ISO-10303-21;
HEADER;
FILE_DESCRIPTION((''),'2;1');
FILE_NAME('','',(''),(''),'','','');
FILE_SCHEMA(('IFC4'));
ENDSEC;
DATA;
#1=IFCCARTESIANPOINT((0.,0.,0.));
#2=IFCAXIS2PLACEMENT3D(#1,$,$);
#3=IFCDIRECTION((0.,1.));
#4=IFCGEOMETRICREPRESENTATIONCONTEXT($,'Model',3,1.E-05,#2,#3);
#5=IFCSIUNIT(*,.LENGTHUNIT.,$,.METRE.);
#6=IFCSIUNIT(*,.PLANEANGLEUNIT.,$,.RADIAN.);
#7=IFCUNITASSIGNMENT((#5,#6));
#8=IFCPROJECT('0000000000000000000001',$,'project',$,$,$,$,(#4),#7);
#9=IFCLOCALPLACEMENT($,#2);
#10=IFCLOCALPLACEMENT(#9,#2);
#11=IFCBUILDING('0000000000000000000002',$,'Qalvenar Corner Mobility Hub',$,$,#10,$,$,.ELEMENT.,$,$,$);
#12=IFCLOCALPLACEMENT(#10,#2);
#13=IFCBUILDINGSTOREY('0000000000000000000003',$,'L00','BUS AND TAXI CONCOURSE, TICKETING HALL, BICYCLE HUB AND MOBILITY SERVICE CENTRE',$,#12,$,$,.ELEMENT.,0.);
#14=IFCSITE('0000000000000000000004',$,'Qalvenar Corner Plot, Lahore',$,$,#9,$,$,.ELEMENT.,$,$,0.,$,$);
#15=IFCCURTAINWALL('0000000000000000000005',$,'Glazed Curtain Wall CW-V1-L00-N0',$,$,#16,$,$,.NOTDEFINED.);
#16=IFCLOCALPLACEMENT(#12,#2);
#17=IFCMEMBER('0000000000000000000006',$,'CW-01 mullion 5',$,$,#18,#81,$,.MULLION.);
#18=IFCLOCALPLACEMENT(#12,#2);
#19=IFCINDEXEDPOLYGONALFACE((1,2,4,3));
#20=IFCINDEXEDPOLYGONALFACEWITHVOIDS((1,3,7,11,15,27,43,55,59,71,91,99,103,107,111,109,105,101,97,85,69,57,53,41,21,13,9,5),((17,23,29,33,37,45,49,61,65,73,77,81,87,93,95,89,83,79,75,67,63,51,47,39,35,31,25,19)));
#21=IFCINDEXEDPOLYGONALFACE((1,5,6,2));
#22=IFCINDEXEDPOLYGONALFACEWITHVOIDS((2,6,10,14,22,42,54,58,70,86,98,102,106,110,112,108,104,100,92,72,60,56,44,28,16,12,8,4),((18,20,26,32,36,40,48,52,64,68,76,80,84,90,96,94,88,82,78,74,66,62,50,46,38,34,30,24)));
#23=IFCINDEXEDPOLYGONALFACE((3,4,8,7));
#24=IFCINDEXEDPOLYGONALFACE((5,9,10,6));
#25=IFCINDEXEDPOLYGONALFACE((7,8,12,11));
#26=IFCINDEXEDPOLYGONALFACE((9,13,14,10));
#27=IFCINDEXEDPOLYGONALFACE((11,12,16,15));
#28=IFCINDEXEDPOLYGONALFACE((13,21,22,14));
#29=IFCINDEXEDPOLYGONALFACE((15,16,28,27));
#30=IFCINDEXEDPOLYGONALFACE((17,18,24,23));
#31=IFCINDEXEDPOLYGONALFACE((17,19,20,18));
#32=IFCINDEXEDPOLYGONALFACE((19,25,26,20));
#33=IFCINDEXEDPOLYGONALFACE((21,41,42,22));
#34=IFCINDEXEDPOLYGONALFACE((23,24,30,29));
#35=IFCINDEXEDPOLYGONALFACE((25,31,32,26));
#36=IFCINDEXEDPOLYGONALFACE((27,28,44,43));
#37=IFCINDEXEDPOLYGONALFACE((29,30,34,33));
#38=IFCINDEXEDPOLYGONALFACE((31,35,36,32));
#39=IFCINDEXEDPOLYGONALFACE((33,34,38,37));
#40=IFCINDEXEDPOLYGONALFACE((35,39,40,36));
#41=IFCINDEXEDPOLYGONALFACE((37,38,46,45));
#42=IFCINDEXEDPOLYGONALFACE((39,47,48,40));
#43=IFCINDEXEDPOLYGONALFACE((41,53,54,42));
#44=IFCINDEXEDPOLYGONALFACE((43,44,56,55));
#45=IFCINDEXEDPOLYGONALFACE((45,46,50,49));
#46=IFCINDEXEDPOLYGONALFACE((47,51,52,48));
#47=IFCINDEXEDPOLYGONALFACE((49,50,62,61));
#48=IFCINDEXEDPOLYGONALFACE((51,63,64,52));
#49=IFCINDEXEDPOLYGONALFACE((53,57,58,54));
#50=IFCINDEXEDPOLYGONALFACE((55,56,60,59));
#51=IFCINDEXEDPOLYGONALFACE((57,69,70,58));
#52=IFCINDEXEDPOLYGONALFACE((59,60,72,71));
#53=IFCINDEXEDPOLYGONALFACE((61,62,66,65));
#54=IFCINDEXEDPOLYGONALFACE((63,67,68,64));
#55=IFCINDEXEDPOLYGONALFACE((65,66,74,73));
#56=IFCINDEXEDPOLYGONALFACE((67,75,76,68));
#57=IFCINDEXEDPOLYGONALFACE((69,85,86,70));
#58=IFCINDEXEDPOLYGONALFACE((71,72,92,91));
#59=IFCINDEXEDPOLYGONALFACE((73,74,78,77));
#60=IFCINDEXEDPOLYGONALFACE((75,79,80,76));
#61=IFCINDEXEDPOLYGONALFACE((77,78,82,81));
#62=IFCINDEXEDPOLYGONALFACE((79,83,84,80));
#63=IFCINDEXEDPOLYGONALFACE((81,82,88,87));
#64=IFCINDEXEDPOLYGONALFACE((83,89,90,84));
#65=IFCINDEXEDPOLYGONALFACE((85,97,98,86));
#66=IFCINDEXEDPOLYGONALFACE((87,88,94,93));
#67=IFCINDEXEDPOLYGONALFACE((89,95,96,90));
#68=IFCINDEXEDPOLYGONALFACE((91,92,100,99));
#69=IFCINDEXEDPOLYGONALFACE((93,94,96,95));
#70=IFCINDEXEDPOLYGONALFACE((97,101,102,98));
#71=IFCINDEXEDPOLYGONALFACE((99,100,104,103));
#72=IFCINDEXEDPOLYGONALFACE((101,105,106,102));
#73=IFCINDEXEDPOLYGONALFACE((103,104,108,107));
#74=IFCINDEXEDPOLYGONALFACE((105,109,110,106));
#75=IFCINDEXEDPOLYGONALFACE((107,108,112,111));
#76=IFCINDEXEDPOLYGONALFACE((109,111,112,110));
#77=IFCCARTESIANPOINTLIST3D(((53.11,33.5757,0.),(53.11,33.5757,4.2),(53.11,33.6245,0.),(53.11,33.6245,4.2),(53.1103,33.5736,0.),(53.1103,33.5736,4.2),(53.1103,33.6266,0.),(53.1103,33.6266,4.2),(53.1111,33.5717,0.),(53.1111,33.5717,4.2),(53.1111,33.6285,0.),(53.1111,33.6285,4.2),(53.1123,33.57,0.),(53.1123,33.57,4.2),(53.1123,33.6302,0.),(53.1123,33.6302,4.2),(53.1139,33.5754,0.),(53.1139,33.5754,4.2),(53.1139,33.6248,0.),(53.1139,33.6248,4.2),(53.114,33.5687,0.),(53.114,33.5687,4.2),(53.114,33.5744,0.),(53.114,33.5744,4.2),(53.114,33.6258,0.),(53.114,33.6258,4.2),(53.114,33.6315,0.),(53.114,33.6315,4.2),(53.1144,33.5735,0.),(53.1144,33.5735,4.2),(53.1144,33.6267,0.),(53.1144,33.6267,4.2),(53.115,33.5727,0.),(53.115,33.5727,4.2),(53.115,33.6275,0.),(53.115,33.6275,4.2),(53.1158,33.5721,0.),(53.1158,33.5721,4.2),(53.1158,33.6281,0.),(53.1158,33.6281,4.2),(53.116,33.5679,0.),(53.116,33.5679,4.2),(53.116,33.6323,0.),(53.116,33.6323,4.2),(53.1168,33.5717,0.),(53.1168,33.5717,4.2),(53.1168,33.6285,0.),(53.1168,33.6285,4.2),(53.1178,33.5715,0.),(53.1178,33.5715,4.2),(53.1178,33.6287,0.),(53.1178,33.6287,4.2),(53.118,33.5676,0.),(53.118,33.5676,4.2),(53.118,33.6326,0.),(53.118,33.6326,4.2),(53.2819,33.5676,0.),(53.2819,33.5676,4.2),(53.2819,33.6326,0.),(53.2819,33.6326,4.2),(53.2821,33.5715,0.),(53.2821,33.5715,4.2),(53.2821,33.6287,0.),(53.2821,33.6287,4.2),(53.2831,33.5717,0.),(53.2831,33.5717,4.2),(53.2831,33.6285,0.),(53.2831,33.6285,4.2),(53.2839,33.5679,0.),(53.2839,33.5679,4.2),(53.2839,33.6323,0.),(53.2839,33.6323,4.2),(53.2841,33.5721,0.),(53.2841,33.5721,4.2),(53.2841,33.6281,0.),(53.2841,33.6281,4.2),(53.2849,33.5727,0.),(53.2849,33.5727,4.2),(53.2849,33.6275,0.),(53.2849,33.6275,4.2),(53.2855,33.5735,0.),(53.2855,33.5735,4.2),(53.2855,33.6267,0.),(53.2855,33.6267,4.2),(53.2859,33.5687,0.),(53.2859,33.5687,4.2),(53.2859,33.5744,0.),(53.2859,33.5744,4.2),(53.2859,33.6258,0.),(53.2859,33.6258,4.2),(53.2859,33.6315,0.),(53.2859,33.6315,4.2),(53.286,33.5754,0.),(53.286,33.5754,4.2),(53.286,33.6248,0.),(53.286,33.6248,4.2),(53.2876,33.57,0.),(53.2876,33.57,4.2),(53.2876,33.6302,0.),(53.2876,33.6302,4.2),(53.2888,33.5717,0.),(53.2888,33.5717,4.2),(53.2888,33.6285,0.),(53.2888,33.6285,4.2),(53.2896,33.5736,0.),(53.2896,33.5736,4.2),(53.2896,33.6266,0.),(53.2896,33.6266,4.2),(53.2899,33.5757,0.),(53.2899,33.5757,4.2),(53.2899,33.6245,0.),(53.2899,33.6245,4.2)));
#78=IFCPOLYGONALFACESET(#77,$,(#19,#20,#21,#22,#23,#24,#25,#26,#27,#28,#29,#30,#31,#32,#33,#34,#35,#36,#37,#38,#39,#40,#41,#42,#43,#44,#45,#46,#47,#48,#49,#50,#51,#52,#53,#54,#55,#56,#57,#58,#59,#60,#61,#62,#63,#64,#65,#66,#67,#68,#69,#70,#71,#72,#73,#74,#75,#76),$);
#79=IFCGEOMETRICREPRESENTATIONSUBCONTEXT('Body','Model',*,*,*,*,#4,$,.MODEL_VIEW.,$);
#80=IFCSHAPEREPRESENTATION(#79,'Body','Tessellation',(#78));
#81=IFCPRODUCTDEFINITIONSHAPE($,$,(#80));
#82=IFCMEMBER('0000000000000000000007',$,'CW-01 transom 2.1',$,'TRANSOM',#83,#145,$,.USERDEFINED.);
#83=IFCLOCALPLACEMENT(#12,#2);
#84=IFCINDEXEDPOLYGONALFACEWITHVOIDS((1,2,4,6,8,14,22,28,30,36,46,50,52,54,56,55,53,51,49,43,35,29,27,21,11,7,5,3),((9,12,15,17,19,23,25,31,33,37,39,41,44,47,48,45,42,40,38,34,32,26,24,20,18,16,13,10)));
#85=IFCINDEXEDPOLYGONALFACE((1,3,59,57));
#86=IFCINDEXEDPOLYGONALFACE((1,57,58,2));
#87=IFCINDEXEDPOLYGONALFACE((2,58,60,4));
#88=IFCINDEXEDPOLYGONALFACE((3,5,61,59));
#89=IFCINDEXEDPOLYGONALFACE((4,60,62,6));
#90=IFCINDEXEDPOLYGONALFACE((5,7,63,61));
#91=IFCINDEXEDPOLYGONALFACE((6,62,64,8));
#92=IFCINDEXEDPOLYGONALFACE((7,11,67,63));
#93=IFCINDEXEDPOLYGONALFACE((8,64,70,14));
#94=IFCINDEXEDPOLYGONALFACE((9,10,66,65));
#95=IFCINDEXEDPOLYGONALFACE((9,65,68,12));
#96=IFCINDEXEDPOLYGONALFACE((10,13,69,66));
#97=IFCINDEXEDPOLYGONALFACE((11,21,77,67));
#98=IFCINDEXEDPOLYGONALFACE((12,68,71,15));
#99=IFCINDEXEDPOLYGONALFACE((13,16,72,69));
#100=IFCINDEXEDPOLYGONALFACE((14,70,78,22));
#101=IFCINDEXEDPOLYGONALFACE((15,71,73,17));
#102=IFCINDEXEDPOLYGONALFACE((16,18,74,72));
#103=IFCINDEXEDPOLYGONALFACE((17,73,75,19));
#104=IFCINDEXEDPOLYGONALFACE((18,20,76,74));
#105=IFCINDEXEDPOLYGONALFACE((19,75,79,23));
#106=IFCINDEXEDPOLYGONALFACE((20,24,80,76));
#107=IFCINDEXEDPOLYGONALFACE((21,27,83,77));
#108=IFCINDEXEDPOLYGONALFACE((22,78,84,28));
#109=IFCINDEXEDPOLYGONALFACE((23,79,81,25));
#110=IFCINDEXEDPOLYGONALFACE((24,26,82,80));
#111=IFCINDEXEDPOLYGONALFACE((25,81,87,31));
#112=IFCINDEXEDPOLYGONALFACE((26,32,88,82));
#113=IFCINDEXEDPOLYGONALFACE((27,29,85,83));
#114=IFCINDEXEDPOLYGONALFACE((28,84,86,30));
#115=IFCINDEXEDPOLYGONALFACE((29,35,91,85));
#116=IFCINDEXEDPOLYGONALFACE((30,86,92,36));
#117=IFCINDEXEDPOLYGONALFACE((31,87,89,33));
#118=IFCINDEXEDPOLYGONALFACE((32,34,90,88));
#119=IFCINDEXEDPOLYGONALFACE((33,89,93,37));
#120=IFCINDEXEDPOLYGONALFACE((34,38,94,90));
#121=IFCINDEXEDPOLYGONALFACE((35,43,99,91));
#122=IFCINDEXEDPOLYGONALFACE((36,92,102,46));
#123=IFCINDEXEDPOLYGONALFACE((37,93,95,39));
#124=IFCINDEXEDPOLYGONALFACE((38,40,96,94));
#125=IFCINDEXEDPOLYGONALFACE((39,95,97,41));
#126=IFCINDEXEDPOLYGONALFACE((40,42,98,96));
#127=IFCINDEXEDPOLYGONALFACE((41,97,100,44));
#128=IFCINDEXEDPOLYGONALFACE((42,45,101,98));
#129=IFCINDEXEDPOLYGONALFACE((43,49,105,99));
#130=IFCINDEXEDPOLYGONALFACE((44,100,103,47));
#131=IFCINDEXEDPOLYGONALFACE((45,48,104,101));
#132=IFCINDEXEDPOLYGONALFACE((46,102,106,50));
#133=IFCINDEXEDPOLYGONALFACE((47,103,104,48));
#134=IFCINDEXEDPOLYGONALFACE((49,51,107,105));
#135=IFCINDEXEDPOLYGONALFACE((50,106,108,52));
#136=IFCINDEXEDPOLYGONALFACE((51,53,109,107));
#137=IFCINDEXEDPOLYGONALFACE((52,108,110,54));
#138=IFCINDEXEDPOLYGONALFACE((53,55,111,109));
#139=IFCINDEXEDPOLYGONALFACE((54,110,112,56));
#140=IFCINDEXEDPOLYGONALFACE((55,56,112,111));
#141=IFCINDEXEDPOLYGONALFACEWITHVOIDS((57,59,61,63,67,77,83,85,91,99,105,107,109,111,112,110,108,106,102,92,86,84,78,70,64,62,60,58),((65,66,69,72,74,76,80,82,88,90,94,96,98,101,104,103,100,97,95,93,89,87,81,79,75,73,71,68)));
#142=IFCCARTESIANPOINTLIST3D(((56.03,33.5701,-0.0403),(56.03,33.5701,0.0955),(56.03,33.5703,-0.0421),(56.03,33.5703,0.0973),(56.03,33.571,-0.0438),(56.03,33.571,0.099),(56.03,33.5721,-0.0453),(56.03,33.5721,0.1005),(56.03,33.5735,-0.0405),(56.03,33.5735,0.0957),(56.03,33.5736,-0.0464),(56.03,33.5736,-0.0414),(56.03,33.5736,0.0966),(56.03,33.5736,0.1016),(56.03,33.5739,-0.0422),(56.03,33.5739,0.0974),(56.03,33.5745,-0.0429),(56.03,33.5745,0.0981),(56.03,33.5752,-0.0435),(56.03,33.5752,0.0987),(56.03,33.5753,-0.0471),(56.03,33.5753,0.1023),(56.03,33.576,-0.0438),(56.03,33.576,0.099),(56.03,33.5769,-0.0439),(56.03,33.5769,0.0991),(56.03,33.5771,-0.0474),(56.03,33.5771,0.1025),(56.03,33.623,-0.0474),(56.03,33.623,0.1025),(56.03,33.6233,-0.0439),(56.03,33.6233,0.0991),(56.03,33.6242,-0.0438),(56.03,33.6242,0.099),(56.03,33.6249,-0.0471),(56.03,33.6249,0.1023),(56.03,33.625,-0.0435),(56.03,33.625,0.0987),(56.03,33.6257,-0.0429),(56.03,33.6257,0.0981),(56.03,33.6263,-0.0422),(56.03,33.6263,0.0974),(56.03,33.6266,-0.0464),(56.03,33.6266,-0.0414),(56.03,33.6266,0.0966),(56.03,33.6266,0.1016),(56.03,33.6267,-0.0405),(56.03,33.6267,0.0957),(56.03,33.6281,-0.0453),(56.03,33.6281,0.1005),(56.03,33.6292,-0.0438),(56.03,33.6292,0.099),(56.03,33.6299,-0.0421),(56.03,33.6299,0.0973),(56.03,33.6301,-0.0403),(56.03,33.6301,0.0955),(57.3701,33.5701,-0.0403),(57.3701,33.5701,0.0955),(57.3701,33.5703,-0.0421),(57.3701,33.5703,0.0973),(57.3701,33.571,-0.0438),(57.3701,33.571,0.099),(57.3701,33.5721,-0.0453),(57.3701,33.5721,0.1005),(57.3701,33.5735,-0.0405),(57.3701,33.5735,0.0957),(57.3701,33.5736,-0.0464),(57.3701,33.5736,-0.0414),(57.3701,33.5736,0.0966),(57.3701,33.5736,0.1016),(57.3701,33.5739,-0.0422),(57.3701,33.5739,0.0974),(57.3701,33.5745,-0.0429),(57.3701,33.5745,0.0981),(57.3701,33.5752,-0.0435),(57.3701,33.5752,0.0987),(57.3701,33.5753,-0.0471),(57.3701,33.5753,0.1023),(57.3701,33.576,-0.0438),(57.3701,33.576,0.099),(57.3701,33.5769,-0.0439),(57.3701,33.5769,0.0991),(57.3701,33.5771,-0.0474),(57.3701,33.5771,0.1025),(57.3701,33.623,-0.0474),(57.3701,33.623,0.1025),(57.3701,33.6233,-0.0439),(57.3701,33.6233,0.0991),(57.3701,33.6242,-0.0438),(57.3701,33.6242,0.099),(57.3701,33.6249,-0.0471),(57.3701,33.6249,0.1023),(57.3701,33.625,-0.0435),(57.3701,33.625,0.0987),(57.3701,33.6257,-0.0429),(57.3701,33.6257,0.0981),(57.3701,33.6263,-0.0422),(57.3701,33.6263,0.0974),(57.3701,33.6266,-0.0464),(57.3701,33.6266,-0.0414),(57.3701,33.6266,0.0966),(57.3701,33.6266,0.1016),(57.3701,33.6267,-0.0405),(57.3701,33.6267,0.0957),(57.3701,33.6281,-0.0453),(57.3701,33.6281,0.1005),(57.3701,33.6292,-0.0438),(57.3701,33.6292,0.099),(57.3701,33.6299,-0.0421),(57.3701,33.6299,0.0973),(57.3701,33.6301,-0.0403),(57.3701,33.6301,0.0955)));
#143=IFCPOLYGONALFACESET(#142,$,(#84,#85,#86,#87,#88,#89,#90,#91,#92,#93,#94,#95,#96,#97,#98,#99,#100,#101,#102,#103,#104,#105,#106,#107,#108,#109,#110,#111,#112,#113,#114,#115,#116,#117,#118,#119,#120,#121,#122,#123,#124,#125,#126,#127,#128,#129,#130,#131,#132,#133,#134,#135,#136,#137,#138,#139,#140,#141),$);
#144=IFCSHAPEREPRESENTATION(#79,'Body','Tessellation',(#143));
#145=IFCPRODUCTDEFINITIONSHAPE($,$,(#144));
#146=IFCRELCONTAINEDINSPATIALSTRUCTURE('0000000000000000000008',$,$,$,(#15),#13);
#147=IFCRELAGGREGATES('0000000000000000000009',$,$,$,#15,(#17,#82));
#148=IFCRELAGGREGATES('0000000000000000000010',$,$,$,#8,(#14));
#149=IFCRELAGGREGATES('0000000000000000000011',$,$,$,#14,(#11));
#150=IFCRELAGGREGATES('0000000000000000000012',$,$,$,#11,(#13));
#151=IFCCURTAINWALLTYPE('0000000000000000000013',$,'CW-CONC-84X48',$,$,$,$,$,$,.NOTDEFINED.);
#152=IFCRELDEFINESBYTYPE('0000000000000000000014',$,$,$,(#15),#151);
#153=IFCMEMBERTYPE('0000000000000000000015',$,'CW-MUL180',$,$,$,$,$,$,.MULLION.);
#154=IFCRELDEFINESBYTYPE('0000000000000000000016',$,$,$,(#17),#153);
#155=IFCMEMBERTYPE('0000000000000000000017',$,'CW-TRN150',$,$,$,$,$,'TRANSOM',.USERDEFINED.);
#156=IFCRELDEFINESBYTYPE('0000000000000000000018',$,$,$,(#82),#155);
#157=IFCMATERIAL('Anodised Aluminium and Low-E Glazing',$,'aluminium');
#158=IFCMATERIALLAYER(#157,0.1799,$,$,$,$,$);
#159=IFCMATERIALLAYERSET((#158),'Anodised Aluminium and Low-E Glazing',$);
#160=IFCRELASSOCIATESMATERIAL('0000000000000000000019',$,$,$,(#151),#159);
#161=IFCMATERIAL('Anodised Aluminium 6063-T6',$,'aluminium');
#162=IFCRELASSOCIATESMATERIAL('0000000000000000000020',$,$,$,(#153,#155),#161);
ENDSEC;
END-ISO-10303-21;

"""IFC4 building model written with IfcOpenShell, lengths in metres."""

from ifc_helpers import new_model, si_unit, direction, frame, origin, origin_2d, place, context, subcontext, project, spatial, hollow_rectangle, extrude, material, layer, layer_set, material_profile, profile_set, type_object, element, aggregate, save


model = new_model("IFC4")

# Units and contexts
model_context = context("Model", 3, precision=1e-05, world=origin(), true_north=direction((0.0, 1.0)))
body_context = subcontext(model_context, "Body", "Model", "MODEL_VIEW")
ifc_project = project(units=[si_unit("LENGTHUNIT", "METRE"), si_unit("PLANEANGLEUNIT", "RADIAN")], contexts=[model_context])

# Site, building, storey
site_placement = place(None, origin())
site = spatial("IfcSite", under=ifc_project, at=site_placement, Name="Qalvenar Corner Plot, Lahore", CompositionType="ELEMENT", RefElevation=0.0)
building_placement = place(site_placement, origin())
building = spatial("IfcBuilding", under=site, at=building_placement, Name="Qalvenar Corner Mobility Hub", CompositionType="ELEMENT")
storey_placement = place(building_placement, origin())
storey = spatial("IfcBuildingStorey", under=building, at=storey_placement, Name="L00", Description="BUS AND TAXI CONCOURSE, TICKETING HALL, BICYCLE HUB AND MOBILITY SERVICE CENTRE", CompositionType="ELEMENT", Elevation=0.0)

# Shared definitions
ifc_material_1 = material(Name="Anodised Aluminium and Low-E Glazing", Category="aluminium")
ifc_material_2 = material(Name="Anodised Aluminium 6063-T6", Category="aluminium")

# Curtain wall, members
ifc_layer_1 = layer(ifc_material_1, 0.1799)
ifc_layer_set_1 = layer_set([ifc_layer_1], Name="Anodised Aluminium and Low-E Glazing")
curtain_wall_type_1 = type_object("IfcCurtainWallType", Name="CW-CONC-84X48", PredefinedType="NOTDEFINED", material=ifc_layer_set_1)
curtain_wall_1_placement = place(storey_placement, origin())
curtain_wall_1 = element("IfcCurtainWall", 1, at=curtain_wall_1_placement, inside=storey, type_object=curtain_wall_type_1, Name="Glazed Curtain Wall CW-V1-L00-N0", PredefinedType="NOTDEFINED")
ifc_material_profile_1 = material_profile(ifc_material_2, hollow_rectangle(XDim=0.0649, YDim=0.1799, WallThickness=0.0039, InnerFilletRadius=0.0039, OuterFilletRadius=0.0081, at=origin_2d()), Name="RHS180x65x4")
ifc_profile_set_1 = profile_set([ifc_material_profile_1], Name="Anodised Aluminium 6063-T6")
member_type_1 = type_object("IfcMemberType", Name="CW-MUL180", PredefinedType="MULLION", material=ifc_profile_set_1)
member_1_placement = place(storey_placement, frame((53.2, 33.6001, 0.0), z_axis=(0.0, 0.0, 1.0), x_axis=(0.0, -1.0, 0.0)))
member_1 = element("IfcMember", 2, at=member_1_placement, type_object=member_type_1, Name="CW-01 mullion 5", PredefinedType="MULLION", context=body_context, shape_type="SweptSolid", body=[
    extrude(hollow_rectangle(XDim=0.0649, YDim=0.1799, WallThickness=0.0039, InnerFilletRadius=0.0039, OuterFilletRadius=0.0081, at=origin_2d()), origin(), (0.0, 0.0, 1.0), 4.2),
])
ifc_material_profile_2 = material_profile(ifc_material_2, hollow_rectangle(XDim=0.0601, YDim=0.1499, WallThickness=0.0034, InnerFilletRadius=0.0034, OuterFilletRadius=0.0071, at=origin_2d()), Name="RHS150x60x3.5")
ifc_profile_set_2 = profile_set([ifc_material_profile_2], Name="Anodised Aluminium 6063-T6")
member_type_2 = type_object("IfcMemberType", Name="CW-TRN150", ElementType="TRANSOM", PredefinedType="USERDEFINED", material=ifc_profile_set_2)
member_2_placement = place(storey_placement, frame((57.3701, 33.6001, 0.0276), z_axis=(-1.0, 0.0, 0.0), x_axis=(0.0, -1.0, 0.0)))
member_2 = element("IfcMember", 3, at=member_2_placement, type_object=member_type_2, Name="CW-01 transom 2.1", ObjectType="TRANSOM", PredefinedType="USERDEFINED", context=body_context, shape_type="SweptSolid", body=[
    extrude(hollow_rectangle(XDim=0.0601, YDim=0.1499, WallThickness=0.0034, InnerFilletRadius=0.0034, OuterFilletRadius=0.0071, at=origin_2d()), origin(), (0.0, 0.0, 1.0), 1.3401),
])
aggregate(curtain_wall_1, [member_1, member_2])

save(model, "model.ifc")
